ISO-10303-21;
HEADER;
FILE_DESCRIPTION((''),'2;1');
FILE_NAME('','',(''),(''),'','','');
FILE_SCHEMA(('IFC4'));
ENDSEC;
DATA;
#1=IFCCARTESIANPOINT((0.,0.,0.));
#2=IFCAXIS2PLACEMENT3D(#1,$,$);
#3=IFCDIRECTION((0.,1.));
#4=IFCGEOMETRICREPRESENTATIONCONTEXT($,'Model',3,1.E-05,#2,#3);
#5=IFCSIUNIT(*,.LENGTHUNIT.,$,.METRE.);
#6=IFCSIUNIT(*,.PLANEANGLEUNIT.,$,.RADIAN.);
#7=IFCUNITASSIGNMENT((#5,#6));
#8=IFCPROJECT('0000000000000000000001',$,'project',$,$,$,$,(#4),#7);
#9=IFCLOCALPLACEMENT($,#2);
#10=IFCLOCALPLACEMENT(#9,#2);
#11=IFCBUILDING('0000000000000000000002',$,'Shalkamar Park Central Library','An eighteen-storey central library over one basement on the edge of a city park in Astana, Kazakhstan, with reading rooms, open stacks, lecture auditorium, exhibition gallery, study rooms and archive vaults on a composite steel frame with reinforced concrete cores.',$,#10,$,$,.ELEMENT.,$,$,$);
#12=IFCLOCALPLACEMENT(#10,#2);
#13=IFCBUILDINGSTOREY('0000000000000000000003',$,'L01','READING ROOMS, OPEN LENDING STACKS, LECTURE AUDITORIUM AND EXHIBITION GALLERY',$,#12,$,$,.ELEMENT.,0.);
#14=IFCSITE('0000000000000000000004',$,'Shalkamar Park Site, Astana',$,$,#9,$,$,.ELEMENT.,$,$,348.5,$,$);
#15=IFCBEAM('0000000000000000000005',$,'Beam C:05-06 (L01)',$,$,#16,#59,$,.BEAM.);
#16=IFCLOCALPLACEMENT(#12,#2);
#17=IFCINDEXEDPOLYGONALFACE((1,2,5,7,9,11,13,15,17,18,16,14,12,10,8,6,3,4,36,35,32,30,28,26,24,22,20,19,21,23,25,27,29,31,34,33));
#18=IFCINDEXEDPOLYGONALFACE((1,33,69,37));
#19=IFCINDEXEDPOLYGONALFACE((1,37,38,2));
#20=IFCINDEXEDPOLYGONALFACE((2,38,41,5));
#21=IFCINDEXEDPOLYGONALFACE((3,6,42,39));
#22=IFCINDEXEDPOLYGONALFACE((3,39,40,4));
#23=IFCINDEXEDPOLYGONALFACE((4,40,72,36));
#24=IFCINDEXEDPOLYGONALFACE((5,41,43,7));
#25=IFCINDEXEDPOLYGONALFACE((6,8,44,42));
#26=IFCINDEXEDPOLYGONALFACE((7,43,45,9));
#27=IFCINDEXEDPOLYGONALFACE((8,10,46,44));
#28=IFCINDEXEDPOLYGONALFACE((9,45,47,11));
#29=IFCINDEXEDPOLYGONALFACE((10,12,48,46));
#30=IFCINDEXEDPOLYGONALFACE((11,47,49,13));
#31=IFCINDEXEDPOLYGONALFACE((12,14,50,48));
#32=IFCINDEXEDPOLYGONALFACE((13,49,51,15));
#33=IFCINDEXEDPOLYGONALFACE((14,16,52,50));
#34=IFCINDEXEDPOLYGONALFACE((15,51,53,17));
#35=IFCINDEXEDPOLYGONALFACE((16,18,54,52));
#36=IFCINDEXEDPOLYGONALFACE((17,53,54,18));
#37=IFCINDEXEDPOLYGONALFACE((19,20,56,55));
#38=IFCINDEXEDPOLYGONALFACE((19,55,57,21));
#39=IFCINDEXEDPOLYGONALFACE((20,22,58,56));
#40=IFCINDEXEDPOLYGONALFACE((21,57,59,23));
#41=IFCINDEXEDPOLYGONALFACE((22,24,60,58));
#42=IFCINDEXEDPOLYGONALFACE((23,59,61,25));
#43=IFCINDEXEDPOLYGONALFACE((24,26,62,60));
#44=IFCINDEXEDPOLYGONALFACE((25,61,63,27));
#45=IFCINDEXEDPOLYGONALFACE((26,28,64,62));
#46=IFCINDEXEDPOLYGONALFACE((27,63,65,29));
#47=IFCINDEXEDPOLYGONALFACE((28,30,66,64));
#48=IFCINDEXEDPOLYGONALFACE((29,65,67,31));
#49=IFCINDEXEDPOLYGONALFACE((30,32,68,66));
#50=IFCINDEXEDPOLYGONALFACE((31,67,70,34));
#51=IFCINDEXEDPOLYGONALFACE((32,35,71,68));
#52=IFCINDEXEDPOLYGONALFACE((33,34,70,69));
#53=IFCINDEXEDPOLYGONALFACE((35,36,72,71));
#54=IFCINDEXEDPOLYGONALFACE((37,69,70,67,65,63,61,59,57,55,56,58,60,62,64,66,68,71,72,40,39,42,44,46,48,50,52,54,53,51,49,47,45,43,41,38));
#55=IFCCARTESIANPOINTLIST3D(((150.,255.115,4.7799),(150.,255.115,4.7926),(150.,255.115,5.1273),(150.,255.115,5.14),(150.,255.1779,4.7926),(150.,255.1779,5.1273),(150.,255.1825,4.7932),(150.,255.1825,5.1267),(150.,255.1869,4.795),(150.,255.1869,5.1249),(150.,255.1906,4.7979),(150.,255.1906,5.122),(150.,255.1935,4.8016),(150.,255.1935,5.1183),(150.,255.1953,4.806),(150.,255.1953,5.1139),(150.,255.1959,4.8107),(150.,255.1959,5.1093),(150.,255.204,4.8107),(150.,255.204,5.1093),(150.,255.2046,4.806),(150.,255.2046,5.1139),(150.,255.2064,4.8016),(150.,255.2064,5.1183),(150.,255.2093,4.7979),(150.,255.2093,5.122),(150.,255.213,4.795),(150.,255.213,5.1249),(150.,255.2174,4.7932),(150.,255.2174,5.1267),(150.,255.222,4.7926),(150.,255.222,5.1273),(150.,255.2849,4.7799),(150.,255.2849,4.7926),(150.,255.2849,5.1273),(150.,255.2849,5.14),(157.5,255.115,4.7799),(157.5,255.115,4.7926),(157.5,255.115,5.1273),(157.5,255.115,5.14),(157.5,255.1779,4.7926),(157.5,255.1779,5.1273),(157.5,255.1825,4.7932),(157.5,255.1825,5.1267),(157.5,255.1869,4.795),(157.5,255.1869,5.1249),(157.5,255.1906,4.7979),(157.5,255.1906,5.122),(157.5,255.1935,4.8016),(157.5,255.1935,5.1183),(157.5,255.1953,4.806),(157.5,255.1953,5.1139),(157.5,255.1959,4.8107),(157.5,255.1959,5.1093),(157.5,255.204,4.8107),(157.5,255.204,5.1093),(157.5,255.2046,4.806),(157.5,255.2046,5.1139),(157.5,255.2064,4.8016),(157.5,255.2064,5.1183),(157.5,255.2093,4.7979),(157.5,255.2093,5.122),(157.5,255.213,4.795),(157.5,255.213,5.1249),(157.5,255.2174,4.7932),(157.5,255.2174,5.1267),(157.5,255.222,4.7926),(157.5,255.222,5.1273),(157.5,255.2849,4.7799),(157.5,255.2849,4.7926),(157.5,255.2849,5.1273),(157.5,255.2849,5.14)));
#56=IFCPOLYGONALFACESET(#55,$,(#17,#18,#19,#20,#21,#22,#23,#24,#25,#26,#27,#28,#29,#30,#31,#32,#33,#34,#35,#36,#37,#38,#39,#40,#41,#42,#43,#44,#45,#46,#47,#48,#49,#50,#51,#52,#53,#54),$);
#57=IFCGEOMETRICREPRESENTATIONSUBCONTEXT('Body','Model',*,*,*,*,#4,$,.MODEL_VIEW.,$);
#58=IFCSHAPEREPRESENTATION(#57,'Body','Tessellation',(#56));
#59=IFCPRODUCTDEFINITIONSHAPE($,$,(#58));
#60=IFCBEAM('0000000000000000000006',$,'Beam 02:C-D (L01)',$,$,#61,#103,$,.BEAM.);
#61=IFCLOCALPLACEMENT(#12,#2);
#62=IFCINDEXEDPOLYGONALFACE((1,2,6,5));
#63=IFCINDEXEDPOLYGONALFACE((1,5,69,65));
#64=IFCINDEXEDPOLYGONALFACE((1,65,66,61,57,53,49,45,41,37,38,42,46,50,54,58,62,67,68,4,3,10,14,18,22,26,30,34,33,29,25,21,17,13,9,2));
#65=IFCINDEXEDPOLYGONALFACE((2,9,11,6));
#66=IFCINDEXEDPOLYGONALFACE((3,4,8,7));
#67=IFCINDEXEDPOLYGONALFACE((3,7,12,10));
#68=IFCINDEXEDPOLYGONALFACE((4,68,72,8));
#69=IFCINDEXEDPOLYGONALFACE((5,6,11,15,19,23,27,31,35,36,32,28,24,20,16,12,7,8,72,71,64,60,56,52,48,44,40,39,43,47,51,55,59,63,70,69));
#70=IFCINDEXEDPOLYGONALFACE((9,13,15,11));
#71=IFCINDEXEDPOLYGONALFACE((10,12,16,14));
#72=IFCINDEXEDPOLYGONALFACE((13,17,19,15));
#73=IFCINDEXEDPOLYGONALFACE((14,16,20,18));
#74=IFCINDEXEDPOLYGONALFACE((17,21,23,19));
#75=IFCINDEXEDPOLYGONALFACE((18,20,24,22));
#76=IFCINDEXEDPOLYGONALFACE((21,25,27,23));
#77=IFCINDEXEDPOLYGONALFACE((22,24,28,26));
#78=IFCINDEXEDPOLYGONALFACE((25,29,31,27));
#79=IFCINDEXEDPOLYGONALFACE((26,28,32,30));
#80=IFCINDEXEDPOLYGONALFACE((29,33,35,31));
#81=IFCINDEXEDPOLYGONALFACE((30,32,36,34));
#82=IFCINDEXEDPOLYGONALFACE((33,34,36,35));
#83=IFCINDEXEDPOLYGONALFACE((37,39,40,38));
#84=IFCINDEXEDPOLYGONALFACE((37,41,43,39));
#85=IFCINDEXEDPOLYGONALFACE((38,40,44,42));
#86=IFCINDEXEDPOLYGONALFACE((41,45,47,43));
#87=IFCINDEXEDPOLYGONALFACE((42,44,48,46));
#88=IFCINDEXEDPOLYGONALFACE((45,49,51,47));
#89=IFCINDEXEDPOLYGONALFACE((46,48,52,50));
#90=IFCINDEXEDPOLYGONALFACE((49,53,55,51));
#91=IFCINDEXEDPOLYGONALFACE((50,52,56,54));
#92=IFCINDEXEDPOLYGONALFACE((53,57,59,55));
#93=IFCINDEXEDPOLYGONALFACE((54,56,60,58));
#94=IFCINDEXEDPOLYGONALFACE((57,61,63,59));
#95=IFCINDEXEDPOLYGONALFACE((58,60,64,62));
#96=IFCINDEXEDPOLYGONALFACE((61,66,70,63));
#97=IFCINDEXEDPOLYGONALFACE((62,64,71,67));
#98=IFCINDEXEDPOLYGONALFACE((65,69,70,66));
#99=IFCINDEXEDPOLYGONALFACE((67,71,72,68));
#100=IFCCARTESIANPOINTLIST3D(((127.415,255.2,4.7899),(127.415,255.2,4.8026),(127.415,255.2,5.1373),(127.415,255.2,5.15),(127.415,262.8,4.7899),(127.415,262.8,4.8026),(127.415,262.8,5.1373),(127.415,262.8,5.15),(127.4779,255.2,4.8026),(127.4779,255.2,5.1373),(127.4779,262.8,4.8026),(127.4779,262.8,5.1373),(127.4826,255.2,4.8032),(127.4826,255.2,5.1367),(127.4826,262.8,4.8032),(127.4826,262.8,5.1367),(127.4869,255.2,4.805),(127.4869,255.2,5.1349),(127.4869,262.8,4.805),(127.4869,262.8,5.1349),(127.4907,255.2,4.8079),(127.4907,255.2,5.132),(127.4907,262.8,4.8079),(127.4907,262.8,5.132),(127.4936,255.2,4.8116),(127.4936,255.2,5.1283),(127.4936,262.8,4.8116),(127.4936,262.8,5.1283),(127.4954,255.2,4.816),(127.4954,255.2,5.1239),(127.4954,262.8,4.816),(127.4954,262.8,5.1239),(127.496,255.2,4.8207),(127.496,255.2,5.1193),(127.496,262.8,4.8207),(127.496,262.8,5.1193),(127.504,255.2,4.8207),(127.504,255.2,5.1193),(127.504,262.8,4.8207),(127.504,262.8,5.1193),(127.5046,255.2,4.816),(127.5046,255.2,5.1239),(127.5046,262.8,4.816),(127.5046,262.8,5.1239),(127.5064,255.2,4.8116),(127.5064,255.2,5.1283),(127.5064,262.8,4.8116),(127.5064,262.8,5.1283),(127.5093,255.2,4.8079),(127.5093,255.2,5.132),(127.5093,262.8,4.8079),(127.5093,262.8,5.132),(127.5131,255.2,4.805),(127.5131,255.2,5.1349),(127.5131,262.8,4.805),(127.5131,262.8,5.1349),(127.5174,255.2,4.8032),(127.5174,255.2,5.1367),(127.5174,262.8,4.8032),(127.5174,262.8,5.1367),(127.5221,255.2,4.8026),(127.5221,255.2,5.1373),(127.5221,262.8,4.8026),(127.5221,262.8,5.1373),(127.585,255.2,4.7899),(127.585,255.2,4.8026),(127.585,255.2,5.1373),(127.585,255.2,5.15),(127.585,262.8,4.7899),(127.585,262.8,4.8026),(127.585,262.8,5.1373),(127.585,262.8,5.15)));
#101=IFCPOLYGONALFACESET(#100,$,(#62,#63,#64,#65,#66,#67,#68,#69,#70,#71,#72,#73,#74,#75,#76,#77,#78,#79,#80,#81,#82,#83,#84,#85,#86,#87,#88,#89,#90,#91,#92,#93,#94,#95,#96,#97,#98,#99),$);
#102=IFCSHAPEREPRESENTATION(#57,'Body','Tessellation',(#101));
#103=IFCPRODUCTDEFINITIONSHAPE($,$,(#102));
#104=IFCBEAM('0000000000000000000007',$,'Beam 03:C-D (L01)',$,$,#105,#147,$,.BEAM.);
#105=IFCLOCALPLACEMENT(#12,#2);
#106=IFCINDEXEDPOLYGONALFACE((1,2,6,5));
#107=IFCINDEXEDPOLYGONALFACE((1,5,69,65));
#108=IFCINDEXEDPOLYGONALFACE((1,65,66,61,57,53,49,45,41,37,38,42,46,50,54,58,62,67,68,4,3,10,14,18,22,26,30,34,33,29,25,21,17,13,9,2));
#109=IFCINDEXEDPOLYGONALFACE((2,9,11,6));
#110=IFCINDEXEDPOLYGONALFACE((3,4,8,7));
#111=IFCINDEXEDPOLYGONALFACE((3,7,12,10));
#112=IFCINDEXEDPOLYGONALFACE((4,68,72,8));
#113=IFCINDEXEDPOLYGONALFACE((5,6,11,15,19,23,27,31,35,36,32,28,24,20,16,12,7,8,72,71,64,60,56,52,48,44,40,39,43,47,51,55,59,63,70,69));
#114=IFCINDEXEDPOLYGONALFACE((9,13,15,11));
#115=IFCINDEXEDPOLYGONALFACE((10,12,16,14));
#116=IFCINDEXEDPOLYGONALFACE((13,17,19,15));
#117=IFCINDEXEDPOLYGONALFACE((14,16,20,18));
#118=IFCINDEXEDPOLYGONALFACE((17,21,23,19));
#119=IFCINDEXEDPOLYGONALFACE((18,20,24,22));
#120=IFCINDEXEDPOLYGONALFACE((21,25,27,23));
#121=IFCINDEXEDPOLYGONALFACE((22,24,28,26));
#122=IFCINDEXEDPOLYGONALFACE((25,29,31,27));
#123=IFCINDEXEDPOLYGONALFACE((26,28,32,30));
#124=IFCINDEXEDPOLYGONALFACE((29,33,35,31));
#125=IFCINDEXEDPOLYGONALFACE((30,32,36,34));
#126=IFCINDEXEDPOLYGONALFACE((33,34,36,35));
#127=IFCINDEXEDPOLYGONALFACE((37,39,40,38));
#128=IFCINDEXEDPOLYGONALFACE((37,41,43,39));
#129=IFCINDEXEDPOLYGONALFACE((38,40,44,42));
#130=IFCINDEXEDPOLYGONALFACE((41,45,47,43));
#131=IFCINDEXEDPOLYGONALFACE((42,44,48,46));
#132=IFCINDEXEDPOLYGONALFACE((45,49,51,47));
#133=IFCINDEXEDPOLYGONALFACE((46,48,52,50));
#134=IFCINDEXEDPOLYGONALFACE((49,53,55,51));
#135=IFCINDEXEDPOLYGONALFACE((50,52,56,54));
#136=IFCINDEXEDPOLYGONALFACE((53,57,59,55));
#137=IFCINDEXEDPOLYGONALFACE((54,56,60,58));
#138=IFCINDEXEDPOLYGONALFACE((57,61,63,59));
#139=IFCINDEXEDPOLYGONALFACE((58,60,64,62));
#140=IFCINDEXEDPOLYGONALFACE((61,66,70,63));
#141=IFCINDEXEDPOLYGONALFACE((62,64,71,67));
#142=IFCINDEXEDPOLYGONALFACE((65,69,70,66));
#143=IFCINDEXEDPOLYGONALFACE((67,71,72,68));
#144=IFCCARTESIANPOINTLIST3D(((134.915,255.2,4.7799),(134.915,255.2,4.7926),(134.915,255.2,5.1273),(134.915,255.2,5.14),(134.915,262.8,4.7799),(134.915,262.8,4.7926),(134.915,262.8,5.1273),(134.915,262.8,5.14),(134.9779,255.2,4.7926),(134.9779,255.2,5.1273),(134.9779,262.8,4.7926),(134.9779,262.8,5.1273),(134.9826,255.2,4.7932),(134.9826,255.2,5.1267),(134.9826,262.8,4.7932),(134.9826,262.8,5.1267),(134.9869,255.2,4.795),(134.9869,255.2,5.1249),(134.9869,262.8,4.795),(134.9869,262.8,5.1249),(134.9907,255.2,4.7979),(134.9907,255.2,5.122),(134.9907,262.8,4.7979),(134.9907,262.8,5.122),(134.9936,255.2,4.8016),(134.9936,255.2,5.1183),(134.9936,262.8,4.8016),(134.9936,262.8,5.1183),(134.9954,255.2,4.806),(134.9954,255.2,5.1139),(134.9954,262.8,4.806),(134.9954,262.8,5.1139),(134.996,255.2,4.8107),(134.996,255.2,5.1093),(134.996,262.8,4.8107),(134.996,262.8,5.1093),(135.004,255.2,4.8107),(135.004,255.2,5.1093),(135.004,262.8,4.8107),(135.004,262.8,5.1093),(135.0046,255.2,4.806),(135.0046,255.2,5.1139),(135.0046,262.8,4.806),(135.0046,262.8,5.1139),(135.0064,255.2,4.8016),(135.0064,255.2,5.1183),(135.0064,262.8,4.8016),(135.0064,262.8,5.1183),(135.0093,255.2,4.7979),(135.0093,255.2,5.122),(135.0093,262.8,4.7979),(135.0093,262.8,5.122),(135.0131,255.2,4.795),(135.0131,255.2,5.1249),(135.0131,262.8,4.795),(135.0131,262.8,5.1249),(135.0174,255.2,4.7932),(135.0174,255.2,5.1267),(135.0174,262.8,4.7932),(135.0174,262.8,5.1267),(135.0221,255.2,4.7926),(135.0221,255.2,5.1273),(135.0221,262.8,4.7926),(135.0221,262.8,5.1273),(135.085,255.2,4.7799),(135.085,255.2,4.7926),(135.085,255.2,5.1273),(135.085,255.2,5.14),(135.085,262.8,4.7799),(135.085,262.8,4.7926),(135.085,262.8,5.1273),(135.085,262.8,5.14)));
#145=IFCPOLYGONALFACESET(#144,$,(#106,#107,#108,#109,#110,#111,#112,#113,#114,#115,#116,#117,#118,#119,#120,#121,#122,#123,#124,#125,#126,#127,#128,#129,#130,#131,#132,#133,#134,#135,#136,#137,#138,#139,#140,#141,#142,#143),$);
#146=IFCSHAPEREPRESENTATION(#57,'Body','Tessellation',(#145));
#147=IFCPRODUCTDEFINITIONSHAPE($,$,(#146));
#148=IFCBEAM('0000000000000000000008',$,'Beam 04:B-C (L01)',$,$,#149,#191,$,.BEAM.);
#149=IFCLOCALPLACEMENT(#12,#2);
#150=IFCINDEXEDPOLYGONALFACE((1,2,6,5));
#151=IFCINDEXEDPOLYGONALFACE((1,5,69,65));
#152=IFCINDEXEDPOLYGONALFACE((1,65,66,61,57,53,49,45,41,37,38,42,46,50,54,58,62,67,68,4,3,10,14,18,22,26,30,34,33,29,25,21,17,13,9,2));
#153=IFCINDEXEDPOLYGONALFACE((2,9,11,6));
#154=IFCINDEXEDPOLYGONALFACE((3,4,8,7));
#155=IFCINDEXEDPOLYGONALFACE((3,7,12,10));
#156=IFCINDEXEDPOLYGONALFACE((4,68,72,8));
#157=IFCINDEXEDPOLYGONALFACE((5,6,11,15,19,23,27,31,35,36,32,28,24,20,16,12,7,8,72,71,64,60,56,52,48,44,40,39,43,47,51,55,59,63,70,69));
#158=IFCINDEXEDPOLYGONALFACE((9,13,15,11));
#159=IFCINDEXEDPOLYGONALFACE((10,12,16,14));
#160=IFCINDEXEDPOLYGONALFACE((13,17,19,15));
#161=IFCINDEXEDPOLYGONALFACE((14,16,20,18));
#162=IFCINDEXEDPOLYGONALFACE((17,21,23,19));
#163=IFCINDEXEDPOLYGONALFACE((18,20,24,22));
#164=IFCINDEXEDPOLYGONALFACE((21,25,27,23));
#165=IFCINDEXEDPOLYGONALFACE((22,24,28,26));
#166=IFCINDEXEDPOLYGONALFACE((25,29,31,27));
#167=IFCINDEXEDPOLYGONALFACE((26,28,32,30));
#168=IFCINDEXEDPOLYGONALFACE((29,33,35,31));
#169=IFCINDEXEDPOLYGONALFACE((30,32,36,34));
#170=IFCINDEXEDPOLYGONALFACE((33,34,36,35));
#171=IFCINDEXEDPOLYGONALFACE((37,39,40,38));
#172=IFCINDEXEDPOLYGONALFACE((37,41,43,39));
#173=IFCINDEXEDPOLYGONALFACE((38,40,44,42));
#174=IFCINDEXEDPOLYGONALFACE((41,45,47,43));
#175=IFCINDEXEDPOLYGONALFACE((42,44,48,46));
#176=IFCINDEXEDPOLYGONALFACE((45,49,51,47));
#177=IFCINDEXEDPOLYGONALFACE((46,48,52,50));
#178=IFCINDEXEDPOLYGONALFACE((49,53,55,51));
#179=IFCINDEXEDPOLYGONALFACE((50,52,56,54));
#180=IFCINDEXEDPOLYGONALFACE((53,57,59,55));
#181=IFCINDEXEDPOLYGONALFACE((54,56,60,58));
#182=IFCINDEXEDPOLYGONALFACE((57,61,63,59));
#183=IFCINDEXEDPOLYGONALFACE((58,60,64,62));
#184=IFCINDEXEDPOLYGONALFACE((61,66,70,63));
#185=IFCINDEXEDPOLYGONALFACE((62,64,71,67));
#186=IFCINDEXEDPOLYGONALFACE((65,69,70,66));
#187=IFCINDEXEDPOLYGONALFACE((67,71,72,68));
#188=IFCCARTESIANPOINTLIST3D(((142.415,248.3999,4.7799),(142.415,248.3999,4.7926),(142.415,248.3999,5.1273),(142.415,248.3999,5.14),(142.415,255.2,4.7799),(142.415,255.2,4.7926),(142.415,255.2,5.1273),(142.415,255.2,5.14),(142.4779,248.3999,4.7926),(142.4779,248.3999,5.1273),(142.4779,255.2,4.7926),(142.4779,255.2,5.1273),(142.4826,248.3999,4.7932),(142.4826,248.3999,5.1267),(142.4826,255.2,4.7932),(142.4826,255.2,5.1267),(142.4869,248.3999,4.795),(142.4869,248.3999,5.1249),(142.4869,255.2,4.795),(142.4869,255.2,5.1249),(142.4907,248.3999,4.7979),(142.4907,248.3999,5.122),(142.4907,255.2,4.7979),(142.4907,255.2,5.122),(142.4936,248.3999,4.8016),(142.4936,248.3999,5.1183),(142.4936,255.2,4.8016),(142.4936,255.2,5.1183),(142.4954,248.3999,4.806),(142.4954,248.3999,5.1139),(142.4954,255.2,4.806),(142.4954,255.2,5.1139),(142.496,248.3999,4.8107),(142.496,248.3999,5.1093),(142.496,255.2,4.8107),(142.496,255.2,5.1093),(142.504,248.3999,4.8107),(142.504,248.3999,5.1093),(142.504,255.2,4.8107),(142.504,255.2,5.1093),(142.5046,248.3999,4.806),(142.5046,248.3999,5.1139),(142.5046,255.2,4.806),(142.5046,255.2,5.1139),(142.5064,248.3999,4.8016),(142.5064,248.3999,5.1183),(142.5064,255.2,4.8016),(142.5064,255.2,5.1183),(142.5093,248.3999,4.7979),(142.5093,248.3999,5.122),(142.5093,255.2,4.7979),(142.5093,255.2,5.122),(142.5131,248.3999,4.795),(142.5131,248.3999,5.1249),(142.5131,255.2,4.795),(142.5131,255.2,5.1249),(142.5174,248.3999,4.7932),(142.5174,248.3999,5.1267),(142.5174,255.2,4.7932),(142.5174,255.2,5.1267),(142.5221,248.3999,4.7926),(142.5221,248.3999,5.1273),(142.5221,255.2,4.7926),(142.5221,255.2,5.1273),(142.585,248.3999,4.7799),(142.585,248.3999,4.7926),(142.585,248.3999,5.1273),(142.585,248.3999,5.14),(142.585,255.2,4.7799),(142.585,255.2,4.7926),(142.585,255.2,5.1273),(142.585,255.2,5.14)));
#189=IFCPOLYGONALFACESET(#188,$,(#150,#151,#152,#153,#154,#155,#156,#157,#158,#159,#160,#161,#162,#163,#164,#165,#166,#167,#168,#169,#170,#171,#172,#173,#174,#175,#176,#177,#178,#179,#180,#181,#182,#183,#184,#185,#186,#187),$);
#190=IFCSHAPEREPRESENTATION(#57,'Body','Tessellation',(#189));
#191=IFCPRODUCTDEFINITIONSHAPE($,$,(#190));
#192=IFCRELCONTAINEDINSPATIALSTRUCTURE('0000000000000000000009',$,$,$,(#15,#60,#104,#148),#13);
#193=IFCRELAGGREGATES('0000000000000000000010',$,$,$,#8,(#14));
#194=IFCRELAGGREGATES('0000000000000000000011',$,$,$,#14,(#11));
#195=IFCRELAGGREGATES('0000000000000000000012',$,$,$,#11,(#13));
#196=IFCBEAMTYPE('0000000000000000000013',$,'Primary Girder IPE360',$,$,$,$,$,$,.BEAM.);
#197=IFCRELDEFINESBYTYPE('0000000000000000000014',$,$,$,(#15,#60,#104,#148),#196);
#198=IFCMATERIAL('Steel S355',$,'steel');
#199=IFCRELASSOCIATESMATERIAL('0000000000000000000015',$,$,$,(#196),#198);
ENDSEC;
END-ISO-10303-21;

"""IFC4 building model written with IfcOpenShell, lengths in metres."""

from ifc_helpers import new_model, si_unit, direction, frame, origin, origin_2d, place, context, subcontext, project, spatial, i_section, extrude, material, material_profile, profile_set, type_object, element, save


model = new_model("IFC4")

# Units and contexts
model_context = context("Model", 3, precision=1e-05, world=origin(), true_north=direction((0.0, 1.0)))
body_context = subcontext(model_context, "Body", "Model", "MODEL_VIEW")
ifc_project = project(units=[si_unit("LENGTHUNIT", "METRE"), si_unit("PLANEANGLEUNIT", "RADIAN")], contexts=[model_context])

# Site, building, storey
site_placement = place(None, origin())
site = spatial("IfcSite", under=ifc_project, at=site_placement, Name="Shalkamar Park Site, Astana", CompositionType="ELEMENT", RefElevation=348.5)
building_placement = place(site_placement, origin())
building = spatial("IfcBuilding", under=site, at=building_placement, Name="Shalkamar Park Central Library", Description="An eighteen-storey central library over one basement on the edge of a city park in Astana, Kazakhstan, with reading rooms, open stacks, lecture auditorium, exhibition gallery, study rooms and archive vaults on a composite steel frame with reinforced concrete cores.", CompositionType="ELEMENT")
storey_placement = place(building_placement, origin())
storey = spatial("IfcBuildingStorey", under=building, at=storey_placement, Name="L01", Description="READING ROOMS, OPEN LENDING STACKS, LECTURE AUDITORIUM AND EXHIBITION GALLERY", CompositionType="ELEMENT", Elevation=0.0)

# Shared definitions
ifc_material_1 = material(Name="Steel S355", Category="steel")

# Beams
ifc_material_profile_1 = material_profile(ifc_material_1, i_section(OverallWidth=0.1699, OverallDepth=0.3601, WebThickness=0.0081, FlangeThickness=0.0127, FilletRadius=0.0181, at=origin_2d()), Name="IPE 360")
ifc_profile_set_1 = profile_set([ifc_material_profile_1], Name="Steel S355")
beam_type_1 = type_object("IfcBeamType", Name="Primary Girder IPE360", PredefinedType="BEAM", material=ifc_profile_set_1)
for number, where, z_axis, x_axis, name in (
    (1, (150.0, 255.2, 4.96), (1.0, 0.0, 0.0), (0.0, 1.0, 0.0), "Beam C:05-06 (L01)"),
):
    element("IfcBeam", number, at=place(storey_placement, frame(where, z_axis=z_axis, x_axis=x_axis)), inside=storey, type_object=beam_type_1, Name=name, PredefinedType="BEAM", context=body_context, shape_type="SweptSolid", body=[
        extrude(i_section(OverallWidth=0.1699, OverallDepth=0.3601, WebThickness=0.0081, FlangeThickness=0.0127, FilletRadius=0.0181, at=origin_2d()), origin(), (0.0, 0.0, 1.0), 7.5),
    ])
for number, where, z_axis, x_axis, name in (
    (2, (127.5, 255.2, 4.97), (0.0, 1.0, 0.0), (-1.0, 0.0, 0.0), "Beam 02:C-D (L01)"),
    (3, (135.0, 255.2, 4.96), (0.0, 1.0, 0.0), (-1.0, 0.0, 0.0), "Beam 03:C-D (L01)"),
):
    element("IfcBeam", number, at=place(storey_placement, frame(where, z_axis=z_axis, x_axis=x_axis)), inside=storey, type_object=beam_type_1, Name=name, PredefinedType="BEAM", context=body_context, shape_type="SweptSolid", body=[
        extrude(i_section(OverallWidth=0.1699, OverallDepth=0.3601, WebThickness=0.0081, FlangeThickness=0.0127, FilletRadius=0.0181, at=origin_2d()), origin(), (0.0, 0.0, 1.0), 7.6001),
    ])
beam_1_placement = place(storey_placement, frame((142.5, 248.3999, 4.96), z_axis=(0.0, 1.0, 0.0), x_axis=(-1.0, 0.0, 0.0)))
element("IfcBeam", 4, at=beam_1_placement, inside=storey, type_object=beam_type_1, Name="Beam 04:B-C (L01)", PredefinedType="BEAM", context=body_context, shape_type="SweptSolid", body=[
    extrude(i_section(OverallWidth=0.1699, OverallDepth=0.3601, WebThickness=0.0081, FlangeThickness=0.0127, FilletRadius=0.0181, at=origin_2d()), origin(), (0.0, 0.0, 1.0), 6.8),
])

save(model, "model.ifc")
